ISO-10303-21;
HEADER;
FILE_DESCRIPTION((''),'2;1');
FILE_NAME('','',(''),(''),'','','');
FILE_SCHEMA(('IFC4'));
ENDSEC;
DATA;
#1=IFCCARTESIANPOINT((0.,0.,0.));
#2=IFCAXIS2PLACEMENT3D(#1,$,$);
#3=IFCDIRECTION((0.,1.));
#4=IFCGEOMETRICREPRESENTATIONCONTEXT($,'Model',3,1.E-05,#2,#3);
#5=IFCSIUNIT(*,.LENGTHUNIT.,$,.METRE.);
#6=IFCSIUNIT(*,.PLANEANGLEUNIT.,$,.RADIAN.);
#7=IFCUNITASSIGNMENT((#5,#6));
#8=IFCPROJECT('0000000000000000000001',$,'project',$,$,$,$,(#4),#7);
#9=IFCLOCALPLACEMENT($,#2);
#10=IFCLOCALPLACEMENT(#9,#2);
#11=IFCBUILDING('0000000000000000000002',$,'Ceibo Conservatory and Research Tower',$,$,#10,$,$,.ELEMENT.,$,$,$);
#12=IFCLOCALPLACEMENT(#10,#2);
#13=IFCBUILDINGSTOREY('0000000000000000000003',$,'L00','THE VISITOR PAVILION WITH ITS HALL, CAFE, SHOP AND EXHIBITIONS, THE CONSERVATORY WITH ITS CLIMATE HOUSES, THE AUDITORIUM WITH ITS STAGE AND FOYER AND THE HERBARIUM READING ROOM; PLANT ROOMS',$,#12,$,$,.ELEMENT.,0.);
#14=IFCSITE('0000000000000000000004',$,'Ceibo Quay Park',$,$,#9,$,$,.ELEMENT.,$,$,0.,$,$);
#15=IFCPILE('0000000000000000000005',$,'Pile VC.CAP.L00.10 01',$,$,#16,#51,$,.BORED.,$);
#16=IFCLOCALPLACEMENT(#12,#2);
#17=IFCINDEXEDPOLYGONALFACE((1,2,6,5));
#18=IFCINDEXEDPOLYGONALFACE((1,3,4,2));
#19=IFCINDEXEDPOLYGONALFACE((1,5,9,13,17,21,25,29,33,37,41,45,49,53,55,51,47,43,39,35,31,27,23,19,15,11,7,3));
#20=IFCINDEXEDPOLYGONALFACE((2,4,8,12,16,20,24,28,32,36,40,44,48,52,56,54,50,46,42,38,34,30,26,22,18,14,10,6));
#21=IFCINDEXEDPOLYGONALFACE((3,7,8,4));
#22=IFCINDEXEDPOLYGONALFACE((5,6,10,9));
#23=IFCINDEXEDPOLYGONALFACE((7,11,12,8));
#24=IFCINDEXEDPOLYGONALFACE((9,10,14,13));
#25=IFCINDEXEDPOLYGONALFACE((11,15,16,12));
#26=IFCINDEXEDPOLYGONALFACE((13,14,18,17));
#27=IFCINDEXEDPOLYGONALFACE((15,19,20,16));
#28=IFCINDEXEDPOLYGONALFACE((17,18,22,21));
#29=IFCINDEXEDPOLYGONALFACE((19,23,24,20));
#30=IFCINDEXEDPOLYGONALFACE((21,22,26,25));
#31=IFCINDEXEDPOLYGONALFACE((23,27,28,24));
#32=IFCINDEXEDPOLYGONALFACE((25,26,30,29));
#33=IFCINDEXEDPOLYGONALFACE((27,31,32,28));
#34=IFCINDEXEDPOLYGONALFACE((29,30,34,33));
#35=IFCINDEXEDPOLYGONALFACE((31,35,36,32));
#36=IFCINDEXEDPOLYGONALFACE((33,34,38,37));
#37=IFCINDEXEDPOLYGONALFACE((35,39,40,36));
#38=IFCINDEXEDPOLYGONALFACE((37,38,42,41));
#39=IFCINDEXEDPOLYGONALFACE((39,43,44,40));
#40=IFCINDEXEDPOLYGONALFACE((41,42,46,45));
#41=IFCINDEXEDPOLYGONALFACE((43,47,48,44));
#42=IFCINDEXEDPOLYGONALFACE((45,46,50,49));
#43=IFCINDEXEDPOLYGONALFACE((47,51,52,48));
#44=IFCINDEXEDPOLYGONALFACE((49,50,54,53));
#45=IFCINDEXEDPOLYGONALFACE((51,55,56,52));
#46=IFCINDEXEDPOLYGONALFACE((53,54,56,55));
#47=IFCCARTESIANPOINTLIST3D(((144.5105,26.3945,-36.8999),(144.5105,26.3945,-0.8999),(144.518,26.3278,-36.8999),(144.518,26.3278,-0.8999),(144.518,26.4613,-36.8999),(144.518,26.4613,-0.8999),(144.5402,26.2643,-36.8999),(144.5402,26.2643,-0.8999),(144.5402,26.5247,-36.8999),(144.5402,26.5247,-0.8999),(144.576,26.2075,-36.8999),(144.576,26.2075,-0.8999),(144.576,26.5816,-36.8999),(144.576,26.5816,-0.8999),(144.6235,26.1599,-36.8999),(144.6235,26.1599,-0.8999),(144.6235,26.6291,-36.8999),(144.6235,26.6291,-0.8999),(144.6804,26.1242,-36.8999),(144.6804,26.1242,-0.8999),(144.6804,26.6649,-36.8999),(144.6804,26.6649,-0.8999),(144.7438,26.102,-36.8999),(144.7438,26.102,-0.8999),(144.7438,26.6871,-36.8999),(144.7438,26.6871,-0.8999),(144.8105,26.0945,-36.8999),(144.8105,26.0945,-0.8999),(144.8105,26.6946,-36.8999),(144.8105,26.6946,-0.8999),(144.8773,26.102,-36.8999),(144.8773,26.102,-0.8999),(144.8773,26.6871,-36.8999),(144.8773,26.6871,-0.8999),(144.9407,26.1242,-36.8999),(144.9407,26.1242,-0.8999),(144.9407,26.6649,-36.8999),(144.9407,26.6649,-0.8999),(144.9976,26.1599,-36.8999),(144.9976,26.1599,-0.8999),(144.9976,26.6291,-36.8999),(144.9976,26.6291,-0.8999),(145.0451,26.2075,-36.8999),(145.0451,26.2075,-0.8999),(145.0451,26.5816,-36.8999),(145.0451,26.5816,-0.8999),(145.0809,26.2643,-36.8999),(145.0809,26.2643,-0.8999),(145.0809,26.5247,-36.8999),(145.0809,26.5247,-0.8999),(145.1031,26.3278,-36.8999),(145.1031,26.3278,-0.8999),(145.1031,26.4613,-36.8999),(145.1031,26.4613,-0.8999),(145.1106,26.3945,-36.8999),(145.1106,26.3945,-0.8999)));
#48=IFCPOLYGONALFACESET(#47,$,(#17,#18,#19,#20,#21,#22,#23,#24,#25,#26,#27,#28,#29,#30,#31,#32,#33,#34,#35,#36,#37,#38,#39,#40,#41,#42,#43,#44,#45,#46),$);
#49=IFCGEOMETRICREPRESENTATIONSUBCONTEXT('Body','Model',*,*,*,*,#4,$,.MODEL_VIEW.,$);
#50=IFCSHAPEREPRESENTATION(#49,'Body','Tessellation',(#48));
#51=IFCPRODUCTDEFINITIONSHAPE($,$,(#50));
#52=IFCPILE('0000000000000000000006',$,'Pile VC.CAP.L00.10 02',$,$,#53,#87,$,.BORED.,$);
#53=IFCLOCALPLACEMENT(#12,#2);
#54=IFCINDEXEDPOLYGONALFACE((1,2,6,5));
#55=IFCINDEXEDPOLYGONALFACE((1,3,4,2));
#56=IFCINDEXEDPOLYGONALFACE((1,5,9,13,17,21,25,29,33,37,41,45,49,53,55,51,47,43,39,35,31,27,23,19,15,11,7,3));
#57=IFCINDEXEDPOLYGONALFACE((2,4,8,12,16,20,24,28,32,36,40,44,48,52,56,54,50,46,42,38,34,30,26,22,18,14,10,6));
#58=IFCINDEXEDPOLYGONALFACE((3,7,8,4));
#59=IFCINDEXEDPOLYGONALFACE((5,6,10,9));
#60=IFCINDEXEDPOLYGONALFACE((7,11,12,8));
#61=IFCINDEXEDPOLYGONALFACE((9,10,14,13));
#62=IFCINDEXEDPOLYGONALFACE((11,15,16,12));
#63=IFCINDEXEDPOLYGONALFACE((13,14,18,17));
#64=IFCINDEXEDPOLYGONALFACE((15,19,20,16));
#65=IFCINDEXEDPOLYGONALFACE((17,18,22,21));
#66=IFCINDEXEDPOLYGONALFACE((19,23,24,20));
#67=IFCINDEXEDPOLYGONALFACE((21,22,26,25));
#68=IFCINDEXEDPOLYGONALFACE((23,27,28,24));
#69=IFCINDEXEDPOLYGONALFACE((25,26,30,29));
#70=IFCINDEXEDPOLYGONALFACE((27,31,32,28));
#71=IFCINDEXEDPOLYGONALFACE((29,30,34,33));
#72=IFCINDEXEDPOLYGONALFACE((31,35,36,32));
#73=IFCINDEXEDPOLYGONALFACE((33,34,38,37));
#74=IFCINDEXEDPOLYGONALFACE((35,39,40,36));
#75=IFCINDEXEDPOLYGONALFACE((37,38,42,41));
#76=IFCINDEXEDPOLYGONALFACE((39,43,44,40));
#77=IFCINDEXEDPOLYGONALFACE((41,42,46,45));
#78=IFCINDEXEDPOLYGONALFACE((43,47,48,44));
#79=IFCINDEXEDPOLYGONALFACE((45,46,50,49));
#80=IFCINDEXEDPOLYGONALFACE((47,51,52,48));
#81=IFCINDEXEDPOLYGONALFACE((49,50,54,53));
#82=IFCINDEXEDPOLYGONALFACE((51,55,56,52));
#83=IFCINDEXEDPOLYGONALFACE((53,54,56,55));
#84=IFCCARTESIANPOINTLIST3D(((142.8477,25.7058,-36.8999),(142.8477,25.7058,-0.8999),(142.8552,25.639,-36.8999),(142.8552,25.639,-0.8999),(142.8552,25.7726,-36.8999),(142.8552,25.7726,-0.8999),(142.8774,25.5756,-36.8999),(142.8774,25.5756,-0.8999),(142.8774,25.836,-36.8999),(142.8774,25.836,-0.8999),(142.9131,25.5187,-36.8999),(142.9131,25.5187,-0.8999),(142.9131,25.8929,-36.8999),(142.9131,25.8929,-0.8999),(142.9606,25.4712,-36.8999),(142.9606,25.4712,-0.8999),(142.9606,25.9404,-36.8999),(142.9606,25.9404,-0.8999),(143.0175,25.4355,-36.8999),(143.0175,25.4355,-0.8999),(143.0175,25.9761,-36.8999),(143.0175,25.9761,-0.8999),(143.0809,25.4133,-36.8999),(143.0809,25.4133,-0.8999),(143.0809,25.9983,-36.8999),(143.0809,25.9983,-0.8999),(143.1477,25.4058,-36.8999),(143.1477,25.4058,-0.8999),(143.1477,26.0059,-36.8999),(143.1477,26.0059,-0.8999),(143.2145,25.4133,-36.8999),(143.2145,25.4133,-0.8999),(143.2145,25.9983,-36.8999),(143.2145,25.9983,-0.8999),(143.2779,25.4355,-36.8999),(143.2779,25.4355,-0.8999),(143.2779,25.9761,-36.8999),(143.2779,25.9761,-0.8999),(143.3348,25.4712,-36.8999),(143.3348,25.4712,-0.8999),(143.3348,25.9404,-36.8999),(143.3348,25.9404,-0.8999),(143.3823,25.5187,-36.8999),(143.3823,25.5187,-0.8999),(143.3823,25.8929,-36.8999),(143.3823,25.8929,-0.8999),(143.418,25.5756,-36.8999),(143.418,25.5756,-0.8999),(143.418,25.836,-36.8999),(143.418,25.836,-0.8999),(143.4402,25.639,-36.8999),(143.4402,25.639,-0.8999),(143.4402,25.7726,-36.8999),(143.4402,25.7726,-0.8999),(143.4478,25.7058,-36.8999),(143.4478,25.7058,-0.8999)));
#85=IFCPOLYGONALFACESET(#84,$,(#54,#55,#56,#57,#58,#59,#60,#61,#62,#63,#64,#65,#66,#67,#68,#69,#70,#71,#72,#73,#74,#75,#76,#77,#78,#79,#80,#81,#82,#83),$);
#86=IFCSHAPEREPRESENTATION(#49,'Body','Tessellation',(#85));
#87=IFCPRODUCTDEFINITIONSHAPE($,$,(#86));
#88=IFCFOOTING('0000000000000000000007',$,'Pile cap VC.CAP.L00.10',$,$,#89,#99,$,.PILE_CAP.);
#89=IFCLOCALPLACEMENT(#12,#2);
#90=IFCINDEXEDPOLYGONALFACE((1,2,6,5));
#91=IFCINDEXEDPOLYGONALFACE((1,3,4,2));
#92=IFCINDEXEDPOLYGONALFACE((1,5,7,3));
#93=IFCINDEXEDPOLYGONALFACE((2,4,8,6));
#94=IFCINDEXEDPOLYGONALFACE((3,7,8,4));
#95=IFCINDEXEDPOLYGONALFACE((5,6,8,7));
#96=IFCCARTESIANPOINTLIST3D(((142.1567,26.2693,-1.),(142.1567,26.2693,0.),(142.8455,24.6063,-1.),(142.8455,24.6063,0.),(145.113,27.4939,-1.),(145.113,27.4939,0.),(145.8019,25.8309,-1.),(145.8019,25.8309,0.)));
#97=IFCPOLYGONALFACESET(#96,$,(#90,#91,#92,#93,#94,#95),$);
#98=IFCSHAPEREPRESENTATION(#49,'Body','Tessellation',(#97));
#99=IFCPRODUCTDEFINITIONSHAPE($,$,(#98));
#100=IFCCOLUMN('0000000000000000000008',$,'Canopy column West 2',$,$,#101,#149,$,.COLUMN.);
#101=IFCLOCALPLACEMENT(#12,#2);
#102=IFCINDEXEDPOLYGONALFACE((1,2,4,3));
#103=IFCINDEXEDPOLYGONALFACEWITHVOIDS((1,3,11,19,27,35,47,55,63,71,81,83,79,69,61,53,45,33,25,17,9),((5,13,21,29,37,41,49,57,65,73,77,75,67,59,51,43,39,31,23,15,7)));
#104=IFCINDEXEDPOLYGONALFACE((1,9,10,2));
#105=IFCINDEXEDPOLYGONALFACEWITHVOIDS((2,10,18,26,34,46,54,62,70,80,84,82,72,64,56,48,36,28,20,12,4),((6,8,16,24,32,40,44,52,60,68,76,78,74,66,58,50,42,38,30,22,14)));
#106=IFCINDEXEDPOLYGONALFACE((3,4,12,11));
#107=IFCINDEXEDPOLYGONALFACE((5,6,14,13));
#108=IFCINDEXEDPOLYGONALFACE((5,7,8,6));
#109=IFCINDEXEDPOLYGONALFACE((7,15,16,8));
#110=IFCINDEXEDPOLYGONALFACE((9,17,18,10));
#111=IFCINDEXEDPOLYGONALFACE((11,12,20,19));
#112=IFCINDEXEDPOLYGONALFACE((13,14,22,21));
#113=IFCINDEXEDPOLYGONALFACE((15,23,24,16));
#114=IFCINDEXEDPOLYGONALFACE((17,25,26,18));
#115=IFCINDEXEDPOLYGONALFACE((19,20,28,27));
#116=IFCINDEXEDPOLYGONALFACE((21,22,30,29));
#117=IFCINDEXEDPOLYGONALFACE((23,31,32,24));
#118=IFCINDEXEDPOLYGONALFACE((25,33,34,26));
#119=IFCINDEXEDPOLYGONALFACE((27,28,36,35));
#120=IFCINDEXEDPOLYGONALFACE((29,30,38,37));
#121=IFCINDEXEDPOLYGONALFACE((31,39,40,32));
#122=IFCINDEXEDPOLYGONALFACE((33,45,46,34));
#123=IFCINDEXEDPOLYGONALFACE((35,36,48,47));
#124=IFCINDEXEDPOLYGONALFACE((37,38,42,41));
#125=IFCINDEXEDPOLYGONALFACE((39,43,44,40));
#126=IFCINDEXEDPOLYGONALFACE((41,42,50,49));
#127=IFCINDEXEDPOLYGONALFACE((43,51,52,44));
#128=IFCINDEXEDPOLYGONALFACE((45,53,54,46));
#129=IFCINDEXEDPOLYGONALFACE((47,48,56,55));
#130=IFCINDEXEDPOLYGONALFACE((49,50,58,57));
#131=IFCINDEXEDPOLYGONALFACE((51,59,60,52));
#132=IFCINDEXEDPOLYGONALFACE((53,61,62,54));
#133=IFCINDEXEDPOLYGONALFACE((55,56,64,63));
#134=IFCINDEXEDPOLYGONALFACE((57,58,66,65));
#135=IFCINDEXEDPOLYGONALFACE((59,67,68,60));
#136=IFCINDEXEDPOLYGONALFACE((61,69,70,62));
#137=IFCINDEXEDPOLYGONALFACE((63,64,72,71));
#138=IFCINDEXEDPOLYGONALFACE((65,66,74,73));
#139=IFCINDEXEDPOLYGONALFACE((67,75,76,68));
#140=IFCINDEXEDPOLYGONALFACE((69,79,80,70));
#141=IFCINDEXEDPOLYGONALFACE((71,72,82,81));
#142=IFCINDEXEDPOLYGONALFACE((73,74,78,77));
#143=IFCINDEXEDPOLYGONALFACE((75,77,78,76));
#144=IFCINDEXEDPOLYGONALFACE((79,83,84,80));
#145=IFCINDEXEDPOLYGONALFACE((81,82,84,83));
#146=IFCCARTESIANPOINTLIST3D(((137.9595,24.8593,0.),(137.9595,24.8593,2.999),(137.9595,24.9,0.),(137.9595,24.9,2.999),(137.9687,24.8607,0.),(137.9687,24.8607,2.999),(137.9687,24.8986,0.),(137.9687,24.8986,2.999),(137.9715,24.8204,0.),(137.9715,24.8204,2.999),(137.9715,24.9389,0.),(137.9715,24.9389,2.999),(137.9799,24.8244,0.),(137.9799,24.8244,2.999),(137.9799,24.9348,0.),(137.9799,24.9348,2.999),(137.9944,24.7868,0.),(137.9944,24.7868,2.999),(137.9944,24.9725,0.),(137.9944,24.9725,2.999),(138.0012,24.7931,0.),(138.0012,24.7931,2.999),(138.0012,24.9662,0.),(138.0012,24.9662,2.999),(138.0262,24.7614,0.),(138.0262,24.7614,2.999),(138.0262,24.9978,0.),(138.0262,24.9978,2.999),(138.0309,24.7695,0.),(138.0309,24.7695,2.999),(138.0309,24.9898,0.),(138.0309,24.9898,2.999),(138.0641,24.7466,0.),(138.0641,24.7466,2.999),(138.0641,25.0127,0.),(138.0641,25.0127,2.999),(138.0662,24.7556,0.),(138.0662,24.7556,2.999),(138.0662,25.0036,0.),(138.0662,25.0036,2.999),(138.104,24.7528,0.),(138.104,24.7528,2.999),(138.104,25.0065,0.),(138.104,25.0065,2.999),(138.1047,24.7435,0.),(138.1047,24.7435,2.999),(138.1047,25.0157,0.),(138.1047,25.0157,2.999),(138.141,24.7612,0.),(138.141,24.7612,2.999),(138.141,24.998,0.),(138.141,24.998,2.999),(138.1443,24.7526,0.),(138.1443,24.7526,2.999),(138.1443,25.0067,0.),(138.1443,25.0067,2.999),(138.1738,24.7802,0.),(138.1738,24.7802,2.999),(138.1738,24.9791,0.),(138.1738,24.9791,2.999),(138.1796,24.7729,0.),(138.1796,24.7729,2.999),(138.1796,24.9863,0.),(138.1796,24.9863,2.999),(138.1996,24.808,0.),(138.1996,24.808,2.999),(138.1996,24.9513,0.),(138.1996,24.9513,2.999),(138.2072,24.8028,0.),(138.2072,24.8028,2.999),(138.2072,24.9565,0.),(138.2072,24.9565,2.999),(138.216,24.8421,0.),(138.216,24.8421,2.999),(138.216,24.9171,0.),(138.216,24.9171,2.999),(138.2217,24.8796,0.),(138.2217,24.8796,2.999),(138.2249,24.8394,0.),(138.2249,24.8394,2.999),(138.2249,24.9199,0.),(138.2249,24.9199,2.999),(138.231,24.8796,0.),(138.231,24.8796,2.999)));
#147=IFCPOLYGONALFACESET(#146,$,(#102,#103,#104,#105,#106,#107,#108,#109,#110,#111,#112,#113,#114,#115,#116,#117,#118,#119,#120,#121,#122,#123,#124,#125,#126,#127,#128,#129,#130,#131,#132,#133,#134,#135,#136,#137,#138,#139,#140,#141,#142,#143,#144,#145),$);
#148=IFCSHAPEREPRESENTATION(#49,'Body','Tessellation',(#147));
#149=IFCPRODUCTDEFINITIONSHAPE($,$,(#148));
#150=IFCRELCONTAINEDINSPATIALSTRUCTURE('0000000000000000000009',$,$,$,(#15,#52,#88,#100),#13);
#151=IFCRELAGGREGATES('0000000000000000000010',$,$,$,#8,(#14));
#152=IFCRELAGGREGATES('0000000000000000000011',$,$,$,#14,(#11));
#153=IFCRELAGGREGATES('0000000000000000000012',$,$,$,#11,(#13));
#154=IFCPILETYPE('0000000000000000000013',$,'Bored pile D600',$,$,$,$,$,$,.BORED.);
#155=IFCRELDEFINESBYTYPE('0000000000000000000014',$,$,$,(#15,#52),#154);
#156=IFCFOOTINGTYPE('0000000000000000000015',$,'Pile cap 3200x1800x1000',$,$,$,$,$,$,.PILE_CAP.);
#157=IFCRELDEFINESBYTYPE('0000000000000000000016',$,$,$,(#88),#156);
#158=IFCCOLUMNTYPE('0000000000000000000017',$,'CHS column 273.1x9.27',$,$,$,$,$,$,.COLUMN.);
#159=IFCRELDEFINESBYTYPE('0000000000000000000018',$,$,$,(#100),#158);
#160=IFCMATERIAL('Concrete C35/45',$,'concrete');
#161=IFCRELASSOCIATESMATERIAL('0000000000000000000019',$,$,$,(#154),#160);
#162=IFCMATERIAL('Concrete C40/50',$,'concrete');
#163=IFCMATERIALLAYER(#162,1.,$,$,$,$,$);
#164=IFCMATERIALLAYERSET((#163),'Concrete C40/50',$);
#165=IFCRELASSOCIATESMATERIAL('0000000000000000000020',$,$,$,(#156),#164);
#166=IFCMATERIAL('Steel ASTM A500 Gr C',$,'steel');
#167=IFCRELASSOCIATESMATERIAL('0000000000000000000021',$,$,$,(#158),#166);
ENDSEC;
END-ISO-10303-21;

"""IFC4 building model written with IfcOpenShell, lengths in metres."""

from ifc_helpers import new_model, si_unit, direction, frame, origin, origin_2d, place, context, subcontext, project, spatial, polyline, circle, hollow_circle, outline, extrude, material, layer, layer_set, material_profile, profile_set, type_object, element, save


model = new_model("IFC4")

# Units and contexts
model_context = context("Model", 3, precision=1e-05, world=origin(), true_north=direction((0.0, 1.0)))
body_context = subcontext(model_context, "Body", "Model", "MODEL_VIEW")
ifc_project = project(units=[si_unit("LENGTHUNIT", "METRE"), si_unit("PLANEANGLEUNIT", "RADIAN")], contexts=[model_context])

# Site, building, storey
site_placement = place(None, origin())
site = spatial("IfcSite", under=ifc_project, at=site_placement, Name="Ceibo Quay Park", CompositionType="ELEMENT", RefElevation=0.0)
building_placement = place(site_placement, origin())
building = spatial("IfcBuilding", under=site, at=building_placement, Name="Ceibo Conservatory and Research Tower", CompositionType="ELEMENT")
storey_placement = place(building_placement, origin())
storey = spatial("IfcBuildingStorey", under=building, at=storey_placement, Name="L00", Description="THE VISITOR PAVILION WITH ITS HALL, CAFE, SHOP AND EXHIBITIONS, THE CONSERVATORY WITH ITS CLIMATE HOUSES, THE AUDITORIUM WITH ITS STAGE AND FOYER AND THE HERBARIUM READING ROOM; PLANT ROOMS", CompositionType="ELEMENT", Elevation=0.0)

# Piles
ifc_material_1 = material(Name="Concrete C35/45", Category="concrete")
ifc_material_profile_1 = material_profile(ifc_material_1, circle(Radius=0.3, at=origin_2d()), Name="RC D600")
ifc_profile_set_1 = profile_set([ifc_material_profile_1], Name="Concrete C35/45")
pile_type = type_object("IfcPileType", Name="Bored pile D600", PredefinedType="BORED", material=ifc_profile_set_1)
for number, where, z_axis, x_axis, name in (
    (1, (144.8105, 26.3945, -0.8999), (0.0, 0.0, -1.0), (1.0, 0.0, 0.0), "Pile VC.CAP.L00.10 01"),
    (2, (143.1477, 25.7058, -0.8999), (0.0, 0.0, -1.0), (1.0, 0.0, 0.0), "Pile VC.CAP.L00.10 02"),
):
    element("IfcPile", number, at=place(storey_placement, frame(where, z_axis=z_axis, x_axis=x_axis)), inside=storey, type_object=pile_type, Name=name, PredefinedType="BORED", context=body_context, shape_type="SweptSolid", body=[
        extrude(circle(Radius=0.3, at=origin_2d()), origin(), (0.0, 0.0, 1.0), 36.0),
    ])

# Footing
ifc_material_2 = material(Name="Concrete C40/50", Category="concrete")
ifc_layer_1 = layer(ifc_material_2, 1.0)
ifc_layer_set_1 = layer_set([ifc_layer_1], Name="Concrete C40/50")
footing_type = type_object("IfcFootingType", Name="Pile cap 3200x1800x1000", PredefinedType="PILE_CAP", material=ifc_layer_set_1)
footing_placement = place(storey_placement, frame((145.113, 27.4939, -1.0), z_axis=(0.0, 0.0, 1.0), x_axis=(-0.92388, -0.382683, 0.0)))
element("IfcFooting", 3, at=footing_placement, inside=storey, type_object=footing_type, Name="Pile cap VC.CAP.L00.10", PredefinedType="PILE_CAP", context=body_context, shape_type="SweptSolid", body=[
    extrude(outline(polyline([(0.0, 0.0), (3.2, 0.0), (3.2, 1.8), (0.0, 1.8), (0.0, 0.0)])), origin(), (0.0, 0.0, 1.0), 1.0),
])

# Column
ifc_material_3 = material(Name="Steel ASTM A500 Gr C", Category="steel")
ifc_material_profile_2 = material_profile(ifc_material_3, hollow_circle(Radius=0.1365, WallThickness=0.0093, at=origin_2d()), Name="CHS column 273.1x9.27")
ifc_profile_set_2 = profile_set([ifc_material_profile_2], Name="Steel ASTM A500 Gr C")
column_type_1 = type_object("IfcColumnType", Name="CHS column 273.1x9.27", PredefinedType="COLUMN", material=ifc_profile_set_2)
column_1_placement = place(storey_placement, frame((138.0945, 24.8796, 0.0), z_axis=(0.0, 0.0, 1.0), x_axis=(1.0, 0.0, 0.0)))
element("IfcColumn", 4, at=column_1_placement, inside=storey, type_object=column_type_1, Name="Canopy column West 2", PredefinedType="COLUMN", context=body_context, shape_type="SweptSolid", body=[
    extrude(hollow_circle(Radius=0.1365, WallThickness=0.0093, at=origin_2d()), origin(), (0.0, 0.0, 1.0), 2.999),
])

save(model, "model.ifc")
